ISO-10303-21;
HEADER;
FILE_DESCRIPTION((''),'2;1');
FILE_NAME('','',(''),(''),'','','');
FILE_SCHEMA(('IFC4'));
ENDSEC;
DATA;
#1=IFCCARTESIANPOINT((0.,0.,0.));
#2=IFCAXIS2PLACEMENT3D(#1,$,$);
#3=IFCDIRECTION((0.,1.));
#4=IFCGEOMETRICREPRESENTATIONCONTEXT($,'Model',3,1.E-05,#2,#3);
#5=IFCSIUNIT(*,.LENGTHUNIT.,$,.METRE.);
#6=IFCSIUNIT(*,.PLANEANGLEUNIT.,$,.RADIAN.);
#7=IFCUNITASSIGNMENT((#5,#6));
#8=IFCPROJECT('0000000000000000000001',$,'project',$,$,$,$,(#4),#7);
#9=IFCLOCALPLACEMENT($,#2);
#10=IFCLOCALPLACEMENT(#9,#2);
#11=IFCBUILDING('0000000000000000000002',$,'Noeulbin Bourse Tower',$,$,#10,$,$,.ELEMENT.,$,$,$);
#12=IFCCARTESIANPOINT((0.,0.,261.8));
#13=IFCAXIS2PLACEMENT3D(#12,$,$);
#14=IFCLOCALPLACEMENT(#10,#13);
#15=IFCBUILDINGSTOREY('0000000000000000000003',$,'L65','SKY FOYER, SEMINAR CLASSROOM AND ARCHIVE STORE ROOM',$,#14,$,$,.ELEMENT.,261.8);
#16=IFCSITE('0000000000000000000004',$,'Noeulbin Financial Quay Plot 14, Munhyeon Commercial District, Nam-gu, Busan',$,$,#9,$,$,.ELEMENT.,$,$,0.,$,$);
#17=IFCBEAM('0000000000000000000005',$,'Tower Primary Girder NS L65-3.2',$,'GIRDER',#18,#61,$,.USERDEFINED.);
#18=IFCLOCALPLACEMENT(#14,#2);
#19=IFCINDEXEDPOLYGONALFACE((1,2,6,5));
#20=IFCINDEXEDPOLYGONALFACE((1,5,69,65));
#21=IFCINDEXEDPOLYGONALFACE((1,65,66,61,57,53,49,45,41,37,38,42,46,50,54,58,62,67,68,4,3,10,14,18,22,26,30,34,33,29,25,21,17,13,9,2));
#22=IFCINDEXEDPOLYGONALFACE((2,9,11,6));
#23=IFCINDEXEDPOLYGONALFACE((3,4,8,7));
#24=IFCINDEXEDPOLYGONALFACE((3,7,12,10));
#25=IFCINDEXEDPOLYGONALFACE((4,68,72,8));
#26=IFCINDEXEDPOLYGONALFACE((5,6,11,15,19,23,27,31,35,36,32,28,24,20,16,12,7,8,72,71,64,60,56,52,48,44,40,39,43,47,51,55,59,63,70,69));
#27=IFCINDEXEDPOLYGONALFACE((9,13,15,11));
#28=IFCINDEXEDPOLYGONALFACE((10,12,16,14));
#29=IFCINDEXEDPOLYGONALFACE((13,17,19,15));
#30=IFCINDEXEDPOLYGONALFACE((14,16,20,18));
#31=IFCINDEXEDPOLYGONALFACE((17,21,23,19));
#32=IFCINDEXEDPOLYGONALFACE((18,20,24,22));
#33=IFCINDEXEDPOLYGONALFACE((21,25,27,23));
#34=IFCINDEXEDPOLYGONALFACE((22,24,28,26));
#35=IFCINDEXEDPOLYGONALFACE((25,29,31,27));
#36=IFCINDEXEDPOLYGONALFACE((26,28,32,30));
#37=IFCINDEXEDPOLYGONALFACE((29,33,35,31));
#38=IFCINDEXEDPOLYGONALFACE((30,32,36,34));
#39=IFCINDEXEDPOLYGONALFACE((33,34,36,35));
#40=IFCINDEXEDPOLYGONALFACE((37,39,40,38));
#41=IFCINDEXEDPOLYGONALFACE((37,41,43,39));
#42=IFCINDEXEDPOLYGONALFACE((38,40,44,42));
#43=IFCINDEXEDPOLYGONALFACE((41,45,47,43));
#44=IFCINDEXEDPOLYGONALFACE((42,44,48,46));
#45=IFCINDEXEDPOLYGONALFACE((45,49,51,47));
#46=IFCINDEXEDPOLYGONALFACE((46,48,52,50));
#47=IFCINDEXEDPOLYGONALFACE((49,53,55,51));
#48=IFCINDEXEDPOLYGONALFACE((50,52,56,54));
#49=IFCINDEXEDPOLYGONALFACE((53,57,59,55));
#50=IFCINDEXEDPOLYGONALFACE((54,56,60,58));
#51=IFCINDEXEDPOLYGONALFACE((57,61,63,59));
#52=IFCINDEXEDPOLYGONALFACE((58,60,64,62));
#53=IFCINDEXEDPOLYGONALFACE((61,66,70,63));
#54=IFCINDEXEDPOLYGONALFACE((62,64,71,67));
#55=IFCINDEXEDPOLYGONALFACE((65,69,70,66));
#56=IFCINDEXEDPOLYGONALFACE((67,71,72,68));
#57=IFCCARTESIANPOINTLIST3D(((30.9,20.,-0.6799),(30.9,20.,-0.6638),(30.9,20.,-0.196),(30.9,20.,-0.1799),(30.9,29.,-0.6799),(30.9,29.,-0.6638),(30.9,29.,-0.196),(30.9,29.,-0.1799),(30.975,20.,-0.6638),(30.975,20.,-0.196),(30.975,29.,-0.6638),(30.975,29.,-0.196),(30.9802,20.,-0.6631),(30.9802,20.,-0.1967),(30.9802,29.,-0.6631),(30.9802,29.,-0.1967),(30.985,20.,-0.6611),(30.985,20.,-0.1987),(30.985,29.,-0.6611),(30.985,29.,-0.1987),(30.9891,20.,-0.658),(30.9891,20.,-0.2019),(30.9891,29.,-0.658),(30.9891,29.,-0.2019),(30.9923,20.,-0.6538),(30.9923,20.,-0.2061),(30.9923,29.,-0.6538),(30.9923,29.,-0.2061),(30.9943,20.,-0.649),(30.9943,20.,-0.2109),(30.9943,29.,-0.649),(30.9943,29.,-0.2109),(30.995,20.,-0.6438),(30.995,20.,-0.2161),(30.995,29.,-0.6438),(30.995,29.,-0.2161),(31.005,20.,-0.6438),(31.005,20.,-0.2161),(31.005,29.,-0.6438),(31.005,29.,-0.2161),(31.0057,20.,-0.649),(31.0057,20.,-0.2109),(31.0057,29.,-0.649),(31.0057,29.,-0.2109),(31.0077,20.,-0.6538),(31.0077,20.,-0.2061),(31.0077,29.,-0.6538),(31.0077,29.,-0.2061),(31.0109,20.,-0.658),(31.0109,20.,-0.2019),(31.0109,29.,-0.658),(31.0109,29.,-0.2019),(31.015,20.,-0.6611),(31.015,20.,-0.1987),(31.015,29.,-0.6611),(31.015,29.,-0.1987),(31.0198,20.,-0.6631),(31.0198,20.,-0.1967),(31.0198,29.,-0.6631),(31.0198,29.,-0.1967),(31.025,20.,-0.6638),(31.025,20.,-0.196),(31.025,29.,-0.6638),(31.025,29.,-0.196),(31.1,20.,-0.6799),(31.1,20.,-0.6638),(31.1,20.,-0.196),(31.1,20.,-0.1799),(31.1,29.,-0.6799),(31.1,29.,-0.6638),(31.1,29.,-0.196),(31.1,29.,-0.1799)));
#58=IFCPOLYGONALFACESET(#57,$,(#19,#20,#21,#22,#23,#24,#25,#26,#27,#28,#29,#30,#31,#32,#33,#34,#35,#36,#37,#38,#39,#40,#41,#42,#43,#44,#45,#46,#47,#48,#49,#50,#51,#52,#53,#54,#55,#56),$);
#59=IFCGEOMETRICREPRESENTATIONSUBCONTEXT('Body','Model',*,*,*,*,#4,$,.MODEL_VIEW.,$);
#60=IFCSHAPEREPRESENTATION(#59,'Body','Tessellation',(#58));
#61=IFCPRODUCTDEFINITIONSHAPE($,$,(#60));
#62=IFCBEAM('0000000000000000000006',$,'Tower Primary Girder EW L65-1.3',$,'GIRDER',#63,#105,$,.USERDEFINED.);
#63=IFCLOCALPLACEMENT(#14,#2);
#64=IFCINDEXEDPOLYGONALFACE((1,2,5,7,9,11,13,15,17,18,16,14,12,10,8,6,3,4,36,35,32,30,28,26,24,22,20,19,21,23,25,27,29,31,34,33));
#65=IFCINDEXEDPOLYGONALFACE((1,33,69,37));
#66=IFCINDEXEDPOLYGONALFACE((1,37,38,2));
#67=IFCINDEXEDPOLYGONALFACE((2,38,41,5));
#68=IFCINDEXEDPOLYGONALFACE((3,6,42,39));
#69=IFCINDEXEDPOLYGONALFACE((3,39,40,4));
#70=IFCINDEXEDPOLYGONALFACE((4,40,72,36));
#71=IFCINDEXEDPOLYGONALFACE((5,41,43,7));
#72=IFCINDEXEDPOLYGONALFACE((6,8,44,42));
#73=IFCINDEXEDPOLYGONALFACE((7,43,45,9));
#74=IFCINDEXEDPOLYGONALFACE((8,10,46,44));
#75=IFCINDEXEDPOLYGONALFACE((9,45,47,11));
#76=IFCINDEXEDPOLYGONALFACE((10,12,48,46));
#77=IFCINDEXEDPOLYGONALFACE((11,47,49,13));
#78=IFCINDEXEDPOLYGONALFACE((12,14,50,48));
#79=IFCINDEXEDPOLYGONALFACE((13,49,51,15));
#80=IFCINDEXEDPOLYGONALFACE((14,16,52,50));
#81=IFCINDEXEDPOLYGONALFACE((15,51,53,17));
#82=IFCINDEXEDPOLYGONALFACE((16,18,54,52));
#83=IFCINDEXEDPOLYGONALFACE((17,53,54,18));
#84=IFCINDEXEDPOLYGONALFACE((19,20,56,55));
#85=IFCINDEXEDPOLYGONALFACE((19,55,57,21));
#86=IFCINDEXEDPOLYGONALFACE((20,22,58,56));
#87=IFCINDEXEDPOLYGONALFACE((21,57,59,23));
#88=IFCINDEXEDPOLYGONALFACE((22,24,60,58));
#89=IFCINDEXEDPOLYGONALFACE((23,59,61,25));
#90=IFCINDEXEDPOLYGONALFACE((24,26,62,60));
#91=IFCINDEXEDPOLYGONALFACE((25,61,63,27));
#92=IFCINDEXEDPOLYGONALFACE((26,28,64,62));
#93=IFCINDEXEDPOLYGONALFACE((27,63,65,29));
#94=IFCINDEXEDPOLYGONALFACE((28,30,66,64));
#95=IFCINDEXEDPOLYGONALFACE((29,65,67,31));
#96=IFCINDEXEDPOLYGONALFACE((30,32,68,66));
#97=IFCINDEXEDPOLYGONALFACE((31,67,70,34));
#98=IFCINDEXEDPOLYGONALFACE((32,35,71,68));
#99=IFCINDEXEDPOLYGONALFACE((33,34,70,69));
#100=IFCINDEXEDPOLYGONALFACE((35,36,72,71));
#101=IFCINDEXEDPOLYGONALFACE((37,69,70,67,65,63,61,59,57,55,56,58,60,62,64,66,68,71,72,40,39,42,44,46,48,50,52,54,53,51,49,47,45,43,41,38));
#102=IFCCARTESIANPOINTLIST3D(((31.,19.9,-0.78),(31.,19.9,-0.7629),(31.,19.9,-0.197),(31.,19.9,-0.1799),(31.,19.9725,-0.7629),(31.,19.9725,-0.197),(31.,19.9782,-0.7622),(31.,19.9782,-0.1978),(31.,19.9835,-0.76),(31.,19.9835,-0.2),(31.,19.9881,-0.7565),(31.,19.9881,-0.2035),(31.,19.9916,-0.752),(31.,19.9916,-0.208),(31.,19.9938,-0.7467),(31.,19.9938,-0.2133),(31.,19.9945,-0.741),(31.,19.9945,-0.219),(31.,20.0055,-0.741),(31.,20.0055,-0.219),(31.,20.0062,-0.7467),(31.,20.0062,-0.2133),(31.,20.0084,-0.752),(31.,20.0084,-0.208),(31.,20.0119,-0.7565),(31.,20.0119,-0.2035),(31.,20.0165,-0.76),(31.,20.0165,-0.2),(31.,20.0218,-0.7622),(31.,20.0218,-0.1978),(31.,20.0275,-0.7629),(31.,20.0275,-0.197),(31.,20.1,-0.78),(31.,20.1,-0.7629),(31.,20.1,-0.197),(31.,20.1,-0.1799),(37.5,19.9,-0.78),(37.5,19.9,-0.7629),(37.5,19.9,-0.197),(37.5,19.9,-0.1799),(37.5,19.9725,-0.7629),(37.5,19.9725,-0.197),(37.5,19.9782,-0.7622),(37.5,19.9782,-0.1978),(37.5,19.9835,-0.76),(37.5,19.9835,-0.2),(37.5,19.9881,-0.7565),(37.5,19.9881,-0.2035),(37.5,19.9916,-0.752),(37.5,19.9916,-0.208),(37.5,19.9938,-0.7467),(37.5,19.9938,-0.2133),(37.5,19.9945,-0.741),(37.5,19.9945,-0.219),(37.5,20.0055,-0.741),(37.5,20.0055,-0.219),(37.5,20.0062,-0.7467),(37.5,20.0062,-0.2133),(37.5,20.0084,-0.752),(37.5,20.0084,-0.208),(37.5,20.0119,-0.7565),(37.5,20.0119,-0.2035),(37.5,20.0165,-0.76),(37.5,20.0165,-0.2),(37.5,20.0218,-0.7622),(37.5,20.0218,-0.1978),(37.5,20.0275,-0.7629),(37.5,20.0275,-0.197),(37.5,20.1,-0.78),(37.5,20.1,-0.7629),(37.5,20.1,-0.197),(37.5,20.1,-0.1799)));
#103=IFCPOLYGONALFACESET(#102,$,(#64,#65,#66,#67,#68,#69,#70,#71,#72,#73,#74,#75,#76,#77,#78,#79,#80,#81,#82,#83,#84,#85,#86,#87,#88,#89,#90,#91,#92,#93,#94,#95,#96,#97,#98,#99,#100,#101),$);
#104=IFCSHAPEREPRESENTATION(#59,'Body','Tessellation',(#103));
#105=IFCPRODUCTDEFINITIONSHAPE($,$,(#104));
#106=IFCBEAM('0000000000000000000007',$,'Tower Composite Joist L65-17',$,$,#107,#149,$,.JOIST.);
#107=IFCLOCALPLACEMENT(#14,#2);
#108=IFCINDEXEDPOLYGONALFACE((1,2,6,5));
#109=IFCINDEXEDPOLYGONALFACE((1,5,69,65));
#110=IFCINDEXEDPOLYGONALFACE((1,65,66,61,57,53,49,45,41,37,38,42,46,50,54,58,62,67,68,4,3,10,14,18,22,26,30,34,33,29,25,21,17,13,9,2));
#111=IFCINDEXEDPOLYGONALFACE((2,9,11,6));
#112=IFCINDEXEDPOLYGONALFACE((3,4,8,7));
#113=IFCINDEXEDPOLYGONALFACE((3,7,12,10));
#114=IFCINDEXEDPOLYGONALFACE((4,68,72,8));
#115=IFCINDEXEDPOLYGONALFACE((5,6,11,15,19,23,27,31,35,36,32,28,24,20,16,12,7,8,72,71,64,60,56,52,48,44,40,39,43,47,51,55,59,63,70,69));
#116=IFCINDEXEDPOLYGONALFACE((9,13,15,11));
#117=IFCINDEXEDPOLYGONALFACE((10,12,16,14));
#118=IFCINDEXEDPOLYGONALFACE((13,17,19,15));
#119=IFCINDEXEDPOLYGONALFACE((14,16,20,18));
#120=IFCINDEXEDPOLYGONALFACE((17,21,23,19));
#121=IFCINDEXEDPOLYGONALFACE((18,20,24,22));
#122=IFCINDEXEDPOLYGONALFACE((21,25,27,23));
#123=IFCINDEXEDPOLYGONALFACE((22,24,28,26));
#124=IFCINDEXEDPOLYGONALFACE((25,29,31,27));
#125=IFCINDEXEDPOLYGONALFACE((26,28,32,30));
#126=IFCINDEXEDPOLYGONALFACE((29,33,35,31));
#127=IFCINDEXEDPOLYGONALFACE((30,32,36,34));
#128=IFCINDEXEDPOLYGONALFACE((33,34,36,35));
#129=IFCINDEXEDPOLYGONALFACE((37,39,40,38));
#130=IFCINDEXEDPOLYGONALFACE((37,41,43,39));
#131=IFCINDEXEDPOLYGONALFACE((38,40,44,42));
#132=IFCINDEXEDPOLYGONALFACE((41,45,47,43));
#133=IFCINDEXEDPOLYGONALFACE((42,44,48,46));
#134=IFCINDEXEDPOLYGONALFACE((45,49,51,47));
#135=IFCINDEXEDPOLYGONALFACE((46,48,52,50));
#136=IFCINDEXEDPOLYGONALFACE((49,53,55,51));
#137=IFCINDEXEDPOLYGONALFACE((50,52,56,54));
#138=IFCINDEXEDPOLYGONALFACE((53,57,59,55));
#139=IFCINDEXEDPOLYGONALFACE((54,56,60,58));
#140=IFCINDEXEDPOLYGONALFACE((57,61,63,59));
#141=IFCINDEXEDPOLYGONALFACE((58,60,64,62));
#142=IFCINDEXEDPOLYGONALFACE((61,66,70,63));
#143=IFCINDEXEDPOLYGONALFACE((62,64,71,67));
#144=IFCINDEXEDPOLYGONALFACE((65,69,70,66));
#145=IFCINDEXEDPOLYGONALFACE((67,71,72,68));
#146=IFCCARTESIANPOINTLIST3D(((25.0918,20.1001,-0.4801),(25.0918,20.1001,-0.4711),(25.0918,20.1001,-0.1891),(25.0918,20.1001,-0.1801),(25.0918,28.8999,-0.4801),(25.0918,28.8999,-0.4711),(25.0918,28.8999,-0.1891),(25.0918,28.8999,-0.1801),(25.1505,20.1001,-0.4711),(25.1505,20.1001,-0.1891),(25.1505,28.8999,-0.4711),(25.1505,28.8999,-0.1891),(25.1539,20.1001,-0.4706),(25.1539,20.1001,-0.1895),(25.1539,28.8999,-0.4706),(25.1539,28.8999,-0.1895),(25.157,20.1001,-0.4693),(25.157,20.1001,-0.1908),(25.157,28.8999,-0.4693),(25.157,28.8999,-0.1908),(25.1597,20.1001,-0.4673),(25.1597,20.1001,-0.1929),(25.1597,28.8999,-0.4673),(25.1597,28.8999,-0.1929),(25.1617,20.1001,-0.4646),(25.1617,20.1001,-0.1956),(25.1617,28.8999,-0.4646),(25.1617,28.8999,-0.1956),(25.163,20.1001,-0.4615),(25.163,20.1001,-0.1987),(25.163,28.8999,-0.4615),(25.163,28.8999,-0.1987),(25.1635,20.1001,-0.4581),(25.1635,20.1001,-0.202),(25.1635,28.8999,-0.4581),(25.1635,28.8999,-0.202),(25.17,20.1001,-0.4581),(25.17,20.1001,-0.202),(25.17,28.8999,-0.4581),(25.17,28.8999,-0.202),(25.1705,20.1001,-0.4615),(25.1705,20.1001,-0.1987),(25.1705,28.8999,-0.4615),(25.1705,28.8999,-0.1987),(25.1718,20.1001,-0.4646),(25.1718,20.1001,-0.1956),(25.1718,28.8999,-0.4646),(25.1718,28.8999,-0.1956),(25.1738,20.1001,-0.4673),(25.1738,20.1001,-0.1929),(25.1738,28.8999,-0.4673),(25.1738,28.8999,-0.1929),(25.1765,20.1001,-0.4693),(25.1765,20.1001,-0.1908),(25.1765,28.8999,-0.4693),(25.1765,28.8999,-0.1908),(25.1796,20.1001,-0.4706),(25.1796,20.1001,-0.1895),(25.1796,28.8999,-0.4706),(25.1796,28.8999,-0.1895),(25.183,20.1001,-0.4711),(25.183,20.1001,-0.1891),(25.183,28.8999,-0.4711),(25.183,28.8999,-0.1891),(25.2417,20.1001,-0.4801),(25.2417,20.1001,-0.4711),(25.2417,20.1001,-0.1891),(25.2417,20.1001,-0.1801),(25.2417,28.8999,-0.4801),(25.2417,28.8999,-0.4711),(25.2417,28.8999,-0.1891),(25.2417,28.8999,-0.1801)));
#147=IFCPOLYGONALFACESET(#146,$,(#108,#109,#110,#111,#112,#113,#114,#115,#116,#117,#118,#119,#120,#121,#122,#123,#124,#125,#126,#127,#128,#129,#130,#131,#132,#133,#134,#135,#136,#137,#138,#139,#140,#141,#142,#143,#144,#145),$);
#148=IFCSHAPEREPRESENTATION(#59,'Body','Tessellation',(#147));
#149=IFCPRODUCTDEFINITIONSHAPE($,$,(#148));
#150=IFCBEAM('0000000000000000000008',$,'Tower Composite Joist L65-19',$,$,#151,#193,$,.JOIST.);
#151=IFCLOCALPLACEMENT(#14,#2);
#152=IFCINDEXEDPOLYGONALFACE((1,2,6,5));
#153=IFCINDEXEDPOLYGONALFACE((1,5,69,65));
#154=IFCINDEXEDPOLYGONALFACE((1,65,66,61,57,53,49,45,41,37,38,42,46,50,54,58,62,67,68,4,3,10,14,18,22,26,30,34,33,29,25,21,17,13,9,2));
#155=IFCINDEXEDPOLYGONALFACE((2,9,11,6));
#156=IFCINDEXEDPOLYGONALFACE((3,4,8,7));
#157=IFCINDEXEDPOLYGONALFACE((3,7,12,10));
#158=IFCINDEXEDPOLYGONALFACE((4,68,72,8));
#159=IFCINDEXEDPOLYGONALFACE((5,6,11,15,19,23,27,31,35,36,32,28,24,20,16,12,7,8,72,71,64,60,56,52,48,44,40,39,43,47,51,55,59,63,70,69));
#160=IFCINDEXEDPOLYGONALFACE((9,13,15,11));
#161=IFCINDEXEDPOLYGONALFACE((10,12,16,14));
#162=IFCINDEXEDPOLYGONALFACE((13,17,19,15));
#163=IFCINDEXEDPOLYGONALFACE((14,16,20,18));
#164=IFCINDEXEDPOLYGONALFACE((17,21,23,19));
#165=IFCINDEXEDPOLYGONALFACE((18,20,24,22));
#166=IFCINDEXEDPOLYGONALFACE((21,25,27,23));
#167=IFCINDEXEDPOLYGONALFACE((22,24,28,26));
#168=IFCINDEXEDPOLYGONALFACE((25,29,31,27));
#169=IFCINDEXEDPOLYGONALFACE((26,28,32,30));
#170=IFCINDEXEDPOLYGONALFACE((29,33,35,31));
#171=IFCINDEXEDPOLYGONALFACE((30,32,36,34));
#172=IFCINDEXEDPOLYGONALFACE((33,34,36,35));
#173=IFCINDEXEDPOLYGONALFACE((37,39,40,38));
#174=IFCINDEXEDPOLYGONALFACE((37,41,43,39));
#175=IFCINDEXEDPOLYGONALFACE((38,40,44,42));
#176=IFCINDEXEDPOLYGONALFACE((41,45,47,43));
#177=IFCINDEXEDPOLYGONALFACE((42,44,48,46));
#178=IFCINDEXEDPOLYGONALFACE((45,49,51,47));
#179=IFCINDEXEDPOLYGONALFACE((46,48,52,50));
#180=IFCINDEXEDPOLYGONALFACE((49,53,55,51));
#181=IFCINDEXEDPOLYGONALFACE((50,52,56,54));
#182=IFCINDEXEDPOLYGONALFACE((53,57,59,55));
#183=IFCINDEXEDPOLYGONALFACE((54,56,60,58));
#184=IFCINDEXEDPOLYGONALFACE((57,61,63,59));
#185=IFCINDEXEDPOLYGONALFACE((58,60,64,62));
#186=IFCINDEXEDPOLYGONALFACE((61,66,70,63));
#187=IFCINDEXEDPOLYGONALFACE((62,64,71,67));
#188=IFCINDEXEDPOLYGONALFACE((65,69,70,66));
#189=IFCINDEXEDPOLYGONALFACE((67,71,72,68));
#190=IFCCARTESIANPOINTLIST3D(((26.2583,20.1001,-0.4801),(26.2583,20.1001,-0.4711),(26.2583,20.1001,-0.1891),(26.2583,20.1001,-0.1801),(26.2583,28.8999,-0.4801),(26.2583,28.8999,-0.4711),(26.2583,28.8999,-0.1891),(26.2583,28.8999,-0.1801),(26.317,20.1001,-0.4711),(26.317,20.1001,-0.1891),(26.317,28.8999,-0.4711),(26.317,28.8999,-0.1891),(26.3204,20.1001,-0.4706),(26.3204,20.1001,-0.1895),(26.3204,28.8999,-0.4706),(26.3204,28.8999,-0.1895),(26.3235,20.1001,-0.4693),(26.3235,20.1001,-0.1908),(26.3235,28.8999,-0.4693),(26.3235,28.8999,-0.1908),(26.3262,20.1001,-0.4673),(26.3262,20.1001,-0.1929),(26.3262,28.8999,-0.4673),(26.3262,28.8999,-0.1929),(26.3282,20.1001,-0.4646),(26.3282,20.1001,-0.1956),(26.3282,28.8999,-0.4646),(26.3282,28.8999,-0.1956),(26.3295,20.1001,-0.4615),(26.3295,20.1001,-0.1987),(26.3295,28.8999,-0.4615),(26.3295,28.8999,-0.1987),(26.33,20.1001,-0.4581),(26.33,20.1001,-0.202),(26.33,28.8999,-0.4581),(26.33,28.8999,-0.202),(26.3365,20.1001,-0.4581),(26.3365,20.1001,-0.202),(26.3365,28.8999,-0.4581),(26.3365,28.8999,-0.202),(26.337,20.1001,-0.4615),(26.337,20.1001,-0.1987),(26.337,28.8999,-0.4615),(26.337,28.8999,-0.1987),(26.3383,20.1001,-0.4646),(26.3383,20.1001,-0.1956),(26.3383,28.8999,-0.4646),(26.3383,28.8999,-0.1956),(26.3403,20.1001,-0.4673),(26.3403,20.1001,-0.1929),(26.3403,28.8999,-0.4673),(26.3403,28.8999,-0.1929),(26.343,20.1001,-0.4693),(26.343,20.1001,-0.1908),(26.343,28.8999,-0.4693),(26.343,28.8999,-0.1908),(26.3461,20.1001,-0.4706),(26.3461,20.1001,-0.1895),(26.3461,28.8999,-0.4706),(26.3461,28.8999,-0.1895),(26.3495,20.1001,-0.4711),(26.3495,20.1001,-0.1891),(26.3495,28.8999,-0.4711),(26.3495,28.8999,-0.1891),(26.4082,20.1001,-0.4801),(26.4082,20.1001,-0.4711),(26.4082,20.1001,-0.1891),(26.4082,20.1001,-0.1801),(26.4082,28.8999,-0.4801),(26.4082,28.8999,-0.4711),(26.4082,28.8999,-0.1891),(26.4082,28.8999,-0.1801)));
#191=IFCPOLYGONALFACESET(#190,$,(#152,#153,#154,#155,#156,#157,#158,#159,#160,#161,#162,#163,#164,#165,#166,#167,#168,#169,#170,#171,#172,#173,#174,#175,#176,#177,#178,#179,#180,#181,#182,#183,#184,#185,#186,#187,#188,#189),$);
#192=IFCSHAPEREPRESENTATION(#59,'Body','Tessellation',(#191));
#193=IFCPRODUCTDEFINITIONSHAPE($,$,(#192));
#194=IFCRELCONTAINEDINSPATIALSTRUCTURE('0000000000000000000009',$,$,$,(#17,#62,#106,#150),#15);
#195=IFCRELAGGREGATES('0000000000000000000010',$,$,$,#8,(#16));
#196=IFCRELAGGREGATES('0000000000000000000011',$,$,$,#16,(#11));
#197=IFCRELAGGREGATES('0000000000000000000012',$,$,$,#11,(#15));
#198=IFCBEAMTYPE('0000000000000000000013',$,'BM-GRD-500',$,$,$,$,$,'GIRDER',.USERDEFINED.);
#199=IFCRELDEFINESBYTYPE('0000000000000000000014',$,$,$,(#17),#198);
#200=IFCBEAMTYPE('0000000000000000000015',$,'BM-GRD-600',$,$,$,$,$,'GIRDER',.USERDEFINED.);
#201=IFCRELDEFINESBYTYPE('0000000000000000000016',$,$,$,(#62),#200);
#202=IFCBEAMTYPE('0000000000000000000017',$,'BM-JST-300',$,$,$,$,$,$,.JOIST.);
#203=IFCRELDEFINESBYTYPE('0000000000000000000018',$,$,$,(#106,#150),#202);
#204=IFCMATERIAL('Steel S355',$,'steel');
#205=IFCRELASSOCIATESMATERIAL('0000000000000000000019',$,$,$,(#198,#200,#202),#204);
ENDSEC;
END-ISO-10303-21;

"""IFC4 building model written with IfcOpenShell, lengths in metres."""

from ifc_helpers import new_model, si_unit, direction, frame, origin, origin_2d, place, context, subcontext, project, spatial, i_section, extrude, material, material_profile, profile_set, type_object, element, save


model = new_model("IFC4")

# Units and contexts
model_context = context("Model", 3, precision=1e-05, world=origin(), true_north=direction((0.0, 1.0)))
body_context = subcontext(model_context, "Body", "Model", "MODEL_VIEW")
ifc_project = project(units=[si_unit("LENGTHUNIT", "METRE"), si_unit("PLANEANGLEUNIT", "RADIAN")], contexts=[model_context])

# Site, building, storey
site_placement = place(None, origin())
site = spatial("IfcSite", under=ifc_project, at=site_placement, Name="Noeulbin Financial Quay Plot 14, Munhyeon Commercial District, Nam-gu, Busan", CompositionType="ELEMENT", RefElevation=0.0)
building_placement = place(site_placement, origin())
building = spatial("IfcBuilding", under=site, at=building_placement, Name="Noeulbin Bourse Tower", CompositionType="ELEMENT")
storey_placement = place(building_placement, frame((0.0, 0.0, 261.8)))
storey = spatial("IfcBuildingStorey", under=building, at=storey_placement, Name="L65", Description="SKY FOYER, SEMINAR CLASSROOM AND ARCHIVE STORE ROOM", CompositionType="ELEMENT", Elevation=261.8)

# Shared definitions
ifc_material_1 = material(Name="Steel S355", Category="steel")

# Beams
ifc_material_profile_1 = material_profile(ifc_material_1, i_section(OverallWidth=0.2, OverallDepth=0.5, WebThickness=0.01, FlangeThickness=0.0161, FilletRadius=0.02, at=origin_2d()), Name="H-500x200x10x16", Category="LoadBearing")
ifc_profile_set_1 = profile_set([ifc_material_profile_1], Name="Steel S355")
beam_type_1 = type_object("IfcBeamType", Name="BM-GRD-500", ElementType="GIRDER", PredefinedType="USERDEFINED", material=ifc_profile_set_1)
beam_1_placement = place(storey_placement, frame((31.0, 20.0, -0.4299), z_axis=(0.0, 1.0, 0.0), x_axis=(-1.0, 0.0, 0.0)))
element("IfcBeam", 1, at=beam_1_placement, inside=storey, type_object=beam_type_1, Name="Tower Primary Girder NS L65-3.2", ObjectType="GIRDER", PredefinedType="USERDEFINED", context=body_context, shape_type="SweptSolid", body=[
    extrude(i_section(OverallWidth=0.2, OverallDepth=0.5, WebThickness=0.01, FlangeThickness=0.0161, FilletRadius=0.02, at=origin_2d()), origin(), (0.0, 0.0, 1.0), 9.0),
])
ifc_material_profile_2 = material_profile(ifc_material_1, i_section(OverallWidth=0.2, OverallDepth=0.6001, WebThickness=0.011, FlangeThickness=0.0171, FilletRadius=0.022, at=origin_2d()), Name="H-600x200x11x17", Category="LoadBearing")
ifc_profile_set_2 = profile_set([ifc_material_profile_2], Name="Steel S355")
beam_type_2 = type_object("IfcBeamType", Name="BM-GRD-600", ElementType="GIRDER", PredefinedType="USERDEFINED", material=ifc_profile_set_2)
beam_2_placement = place(storey_placement, frame((31.0, 20.0, -0.48), z_axis=(1.0, 0.0, 0.0), x_axis=(0.0, 1.0, 0.0)))
element("IfcBeam", 2, at=beam_2_placement, inside=storey, type_object=beam_type_2, Name="Tower Primary Girder EW L65-1.3", ObjectType="GIRDER", PredefinedType="USERDEFINED", context=body_context, shape_type="SweptSolid", body=[
    extrude(i_section(OverallWidth=0.2, OverallDepth=0.6001, WebThickness=0.011, FlangeThickness=0.0171, FilletRadius=0.022, at=origin_2d()), origin(), (0.0, 0.0, 1.0), 6.5),
])
ifc_material_profile_3 = material_profile(ifc_material_1, i_section(OverallWidth=0.1499, OverallDepth=0.3, WebThickness=0.0066, FlangeThickness=0.009, FilletRadius=0.0129, at=origin_2d()), Name="H-300x150x6.5x9", Category="LoadBearing")
ifc_profile_set_3 = profile_set([ifc_material_profile_3], Name="Steel S355")
beam_type_3 = type_object("IfcBeamType", Name="BM-JST-300", PredefinedType="JOIST", material=ifc_profile_set_3)
for number, where, z_axis, x_axis, name in (
    (3, (25.1667, 20.1001, -0.3301), (0.0, 1.0, 0.0), (-1.0, 0.0, 0.0), "Tower Composite Joist L65-17"),
    (4, (26.3333, 20.1001, -0.3301), (0.0, 1.0, 0.0), (-1.0, 0.0, 0.0), "Tower Composite Joist L65-19"),
):
    element("IfcBeam", number, at=place(storey_placement, frame(where, z_axis=z_axis, x_axis=x_axis)), inside=storey, type_object=beam_type_3, Name=name, PredefinedType="JOIST", context=body_context, shape_type="SweptSolid", body=[
        extrude(i_section(OverallWidth=0.1499, OverallDepth=0.3, WebThickness=0.0066, FlangeThickness=0.009, FilletRadius=0.0129, at=origin_2d()), origin(), (0.0, 0.0, 1.0), 8.7998),
    ])

save(model, "model.ifc")
